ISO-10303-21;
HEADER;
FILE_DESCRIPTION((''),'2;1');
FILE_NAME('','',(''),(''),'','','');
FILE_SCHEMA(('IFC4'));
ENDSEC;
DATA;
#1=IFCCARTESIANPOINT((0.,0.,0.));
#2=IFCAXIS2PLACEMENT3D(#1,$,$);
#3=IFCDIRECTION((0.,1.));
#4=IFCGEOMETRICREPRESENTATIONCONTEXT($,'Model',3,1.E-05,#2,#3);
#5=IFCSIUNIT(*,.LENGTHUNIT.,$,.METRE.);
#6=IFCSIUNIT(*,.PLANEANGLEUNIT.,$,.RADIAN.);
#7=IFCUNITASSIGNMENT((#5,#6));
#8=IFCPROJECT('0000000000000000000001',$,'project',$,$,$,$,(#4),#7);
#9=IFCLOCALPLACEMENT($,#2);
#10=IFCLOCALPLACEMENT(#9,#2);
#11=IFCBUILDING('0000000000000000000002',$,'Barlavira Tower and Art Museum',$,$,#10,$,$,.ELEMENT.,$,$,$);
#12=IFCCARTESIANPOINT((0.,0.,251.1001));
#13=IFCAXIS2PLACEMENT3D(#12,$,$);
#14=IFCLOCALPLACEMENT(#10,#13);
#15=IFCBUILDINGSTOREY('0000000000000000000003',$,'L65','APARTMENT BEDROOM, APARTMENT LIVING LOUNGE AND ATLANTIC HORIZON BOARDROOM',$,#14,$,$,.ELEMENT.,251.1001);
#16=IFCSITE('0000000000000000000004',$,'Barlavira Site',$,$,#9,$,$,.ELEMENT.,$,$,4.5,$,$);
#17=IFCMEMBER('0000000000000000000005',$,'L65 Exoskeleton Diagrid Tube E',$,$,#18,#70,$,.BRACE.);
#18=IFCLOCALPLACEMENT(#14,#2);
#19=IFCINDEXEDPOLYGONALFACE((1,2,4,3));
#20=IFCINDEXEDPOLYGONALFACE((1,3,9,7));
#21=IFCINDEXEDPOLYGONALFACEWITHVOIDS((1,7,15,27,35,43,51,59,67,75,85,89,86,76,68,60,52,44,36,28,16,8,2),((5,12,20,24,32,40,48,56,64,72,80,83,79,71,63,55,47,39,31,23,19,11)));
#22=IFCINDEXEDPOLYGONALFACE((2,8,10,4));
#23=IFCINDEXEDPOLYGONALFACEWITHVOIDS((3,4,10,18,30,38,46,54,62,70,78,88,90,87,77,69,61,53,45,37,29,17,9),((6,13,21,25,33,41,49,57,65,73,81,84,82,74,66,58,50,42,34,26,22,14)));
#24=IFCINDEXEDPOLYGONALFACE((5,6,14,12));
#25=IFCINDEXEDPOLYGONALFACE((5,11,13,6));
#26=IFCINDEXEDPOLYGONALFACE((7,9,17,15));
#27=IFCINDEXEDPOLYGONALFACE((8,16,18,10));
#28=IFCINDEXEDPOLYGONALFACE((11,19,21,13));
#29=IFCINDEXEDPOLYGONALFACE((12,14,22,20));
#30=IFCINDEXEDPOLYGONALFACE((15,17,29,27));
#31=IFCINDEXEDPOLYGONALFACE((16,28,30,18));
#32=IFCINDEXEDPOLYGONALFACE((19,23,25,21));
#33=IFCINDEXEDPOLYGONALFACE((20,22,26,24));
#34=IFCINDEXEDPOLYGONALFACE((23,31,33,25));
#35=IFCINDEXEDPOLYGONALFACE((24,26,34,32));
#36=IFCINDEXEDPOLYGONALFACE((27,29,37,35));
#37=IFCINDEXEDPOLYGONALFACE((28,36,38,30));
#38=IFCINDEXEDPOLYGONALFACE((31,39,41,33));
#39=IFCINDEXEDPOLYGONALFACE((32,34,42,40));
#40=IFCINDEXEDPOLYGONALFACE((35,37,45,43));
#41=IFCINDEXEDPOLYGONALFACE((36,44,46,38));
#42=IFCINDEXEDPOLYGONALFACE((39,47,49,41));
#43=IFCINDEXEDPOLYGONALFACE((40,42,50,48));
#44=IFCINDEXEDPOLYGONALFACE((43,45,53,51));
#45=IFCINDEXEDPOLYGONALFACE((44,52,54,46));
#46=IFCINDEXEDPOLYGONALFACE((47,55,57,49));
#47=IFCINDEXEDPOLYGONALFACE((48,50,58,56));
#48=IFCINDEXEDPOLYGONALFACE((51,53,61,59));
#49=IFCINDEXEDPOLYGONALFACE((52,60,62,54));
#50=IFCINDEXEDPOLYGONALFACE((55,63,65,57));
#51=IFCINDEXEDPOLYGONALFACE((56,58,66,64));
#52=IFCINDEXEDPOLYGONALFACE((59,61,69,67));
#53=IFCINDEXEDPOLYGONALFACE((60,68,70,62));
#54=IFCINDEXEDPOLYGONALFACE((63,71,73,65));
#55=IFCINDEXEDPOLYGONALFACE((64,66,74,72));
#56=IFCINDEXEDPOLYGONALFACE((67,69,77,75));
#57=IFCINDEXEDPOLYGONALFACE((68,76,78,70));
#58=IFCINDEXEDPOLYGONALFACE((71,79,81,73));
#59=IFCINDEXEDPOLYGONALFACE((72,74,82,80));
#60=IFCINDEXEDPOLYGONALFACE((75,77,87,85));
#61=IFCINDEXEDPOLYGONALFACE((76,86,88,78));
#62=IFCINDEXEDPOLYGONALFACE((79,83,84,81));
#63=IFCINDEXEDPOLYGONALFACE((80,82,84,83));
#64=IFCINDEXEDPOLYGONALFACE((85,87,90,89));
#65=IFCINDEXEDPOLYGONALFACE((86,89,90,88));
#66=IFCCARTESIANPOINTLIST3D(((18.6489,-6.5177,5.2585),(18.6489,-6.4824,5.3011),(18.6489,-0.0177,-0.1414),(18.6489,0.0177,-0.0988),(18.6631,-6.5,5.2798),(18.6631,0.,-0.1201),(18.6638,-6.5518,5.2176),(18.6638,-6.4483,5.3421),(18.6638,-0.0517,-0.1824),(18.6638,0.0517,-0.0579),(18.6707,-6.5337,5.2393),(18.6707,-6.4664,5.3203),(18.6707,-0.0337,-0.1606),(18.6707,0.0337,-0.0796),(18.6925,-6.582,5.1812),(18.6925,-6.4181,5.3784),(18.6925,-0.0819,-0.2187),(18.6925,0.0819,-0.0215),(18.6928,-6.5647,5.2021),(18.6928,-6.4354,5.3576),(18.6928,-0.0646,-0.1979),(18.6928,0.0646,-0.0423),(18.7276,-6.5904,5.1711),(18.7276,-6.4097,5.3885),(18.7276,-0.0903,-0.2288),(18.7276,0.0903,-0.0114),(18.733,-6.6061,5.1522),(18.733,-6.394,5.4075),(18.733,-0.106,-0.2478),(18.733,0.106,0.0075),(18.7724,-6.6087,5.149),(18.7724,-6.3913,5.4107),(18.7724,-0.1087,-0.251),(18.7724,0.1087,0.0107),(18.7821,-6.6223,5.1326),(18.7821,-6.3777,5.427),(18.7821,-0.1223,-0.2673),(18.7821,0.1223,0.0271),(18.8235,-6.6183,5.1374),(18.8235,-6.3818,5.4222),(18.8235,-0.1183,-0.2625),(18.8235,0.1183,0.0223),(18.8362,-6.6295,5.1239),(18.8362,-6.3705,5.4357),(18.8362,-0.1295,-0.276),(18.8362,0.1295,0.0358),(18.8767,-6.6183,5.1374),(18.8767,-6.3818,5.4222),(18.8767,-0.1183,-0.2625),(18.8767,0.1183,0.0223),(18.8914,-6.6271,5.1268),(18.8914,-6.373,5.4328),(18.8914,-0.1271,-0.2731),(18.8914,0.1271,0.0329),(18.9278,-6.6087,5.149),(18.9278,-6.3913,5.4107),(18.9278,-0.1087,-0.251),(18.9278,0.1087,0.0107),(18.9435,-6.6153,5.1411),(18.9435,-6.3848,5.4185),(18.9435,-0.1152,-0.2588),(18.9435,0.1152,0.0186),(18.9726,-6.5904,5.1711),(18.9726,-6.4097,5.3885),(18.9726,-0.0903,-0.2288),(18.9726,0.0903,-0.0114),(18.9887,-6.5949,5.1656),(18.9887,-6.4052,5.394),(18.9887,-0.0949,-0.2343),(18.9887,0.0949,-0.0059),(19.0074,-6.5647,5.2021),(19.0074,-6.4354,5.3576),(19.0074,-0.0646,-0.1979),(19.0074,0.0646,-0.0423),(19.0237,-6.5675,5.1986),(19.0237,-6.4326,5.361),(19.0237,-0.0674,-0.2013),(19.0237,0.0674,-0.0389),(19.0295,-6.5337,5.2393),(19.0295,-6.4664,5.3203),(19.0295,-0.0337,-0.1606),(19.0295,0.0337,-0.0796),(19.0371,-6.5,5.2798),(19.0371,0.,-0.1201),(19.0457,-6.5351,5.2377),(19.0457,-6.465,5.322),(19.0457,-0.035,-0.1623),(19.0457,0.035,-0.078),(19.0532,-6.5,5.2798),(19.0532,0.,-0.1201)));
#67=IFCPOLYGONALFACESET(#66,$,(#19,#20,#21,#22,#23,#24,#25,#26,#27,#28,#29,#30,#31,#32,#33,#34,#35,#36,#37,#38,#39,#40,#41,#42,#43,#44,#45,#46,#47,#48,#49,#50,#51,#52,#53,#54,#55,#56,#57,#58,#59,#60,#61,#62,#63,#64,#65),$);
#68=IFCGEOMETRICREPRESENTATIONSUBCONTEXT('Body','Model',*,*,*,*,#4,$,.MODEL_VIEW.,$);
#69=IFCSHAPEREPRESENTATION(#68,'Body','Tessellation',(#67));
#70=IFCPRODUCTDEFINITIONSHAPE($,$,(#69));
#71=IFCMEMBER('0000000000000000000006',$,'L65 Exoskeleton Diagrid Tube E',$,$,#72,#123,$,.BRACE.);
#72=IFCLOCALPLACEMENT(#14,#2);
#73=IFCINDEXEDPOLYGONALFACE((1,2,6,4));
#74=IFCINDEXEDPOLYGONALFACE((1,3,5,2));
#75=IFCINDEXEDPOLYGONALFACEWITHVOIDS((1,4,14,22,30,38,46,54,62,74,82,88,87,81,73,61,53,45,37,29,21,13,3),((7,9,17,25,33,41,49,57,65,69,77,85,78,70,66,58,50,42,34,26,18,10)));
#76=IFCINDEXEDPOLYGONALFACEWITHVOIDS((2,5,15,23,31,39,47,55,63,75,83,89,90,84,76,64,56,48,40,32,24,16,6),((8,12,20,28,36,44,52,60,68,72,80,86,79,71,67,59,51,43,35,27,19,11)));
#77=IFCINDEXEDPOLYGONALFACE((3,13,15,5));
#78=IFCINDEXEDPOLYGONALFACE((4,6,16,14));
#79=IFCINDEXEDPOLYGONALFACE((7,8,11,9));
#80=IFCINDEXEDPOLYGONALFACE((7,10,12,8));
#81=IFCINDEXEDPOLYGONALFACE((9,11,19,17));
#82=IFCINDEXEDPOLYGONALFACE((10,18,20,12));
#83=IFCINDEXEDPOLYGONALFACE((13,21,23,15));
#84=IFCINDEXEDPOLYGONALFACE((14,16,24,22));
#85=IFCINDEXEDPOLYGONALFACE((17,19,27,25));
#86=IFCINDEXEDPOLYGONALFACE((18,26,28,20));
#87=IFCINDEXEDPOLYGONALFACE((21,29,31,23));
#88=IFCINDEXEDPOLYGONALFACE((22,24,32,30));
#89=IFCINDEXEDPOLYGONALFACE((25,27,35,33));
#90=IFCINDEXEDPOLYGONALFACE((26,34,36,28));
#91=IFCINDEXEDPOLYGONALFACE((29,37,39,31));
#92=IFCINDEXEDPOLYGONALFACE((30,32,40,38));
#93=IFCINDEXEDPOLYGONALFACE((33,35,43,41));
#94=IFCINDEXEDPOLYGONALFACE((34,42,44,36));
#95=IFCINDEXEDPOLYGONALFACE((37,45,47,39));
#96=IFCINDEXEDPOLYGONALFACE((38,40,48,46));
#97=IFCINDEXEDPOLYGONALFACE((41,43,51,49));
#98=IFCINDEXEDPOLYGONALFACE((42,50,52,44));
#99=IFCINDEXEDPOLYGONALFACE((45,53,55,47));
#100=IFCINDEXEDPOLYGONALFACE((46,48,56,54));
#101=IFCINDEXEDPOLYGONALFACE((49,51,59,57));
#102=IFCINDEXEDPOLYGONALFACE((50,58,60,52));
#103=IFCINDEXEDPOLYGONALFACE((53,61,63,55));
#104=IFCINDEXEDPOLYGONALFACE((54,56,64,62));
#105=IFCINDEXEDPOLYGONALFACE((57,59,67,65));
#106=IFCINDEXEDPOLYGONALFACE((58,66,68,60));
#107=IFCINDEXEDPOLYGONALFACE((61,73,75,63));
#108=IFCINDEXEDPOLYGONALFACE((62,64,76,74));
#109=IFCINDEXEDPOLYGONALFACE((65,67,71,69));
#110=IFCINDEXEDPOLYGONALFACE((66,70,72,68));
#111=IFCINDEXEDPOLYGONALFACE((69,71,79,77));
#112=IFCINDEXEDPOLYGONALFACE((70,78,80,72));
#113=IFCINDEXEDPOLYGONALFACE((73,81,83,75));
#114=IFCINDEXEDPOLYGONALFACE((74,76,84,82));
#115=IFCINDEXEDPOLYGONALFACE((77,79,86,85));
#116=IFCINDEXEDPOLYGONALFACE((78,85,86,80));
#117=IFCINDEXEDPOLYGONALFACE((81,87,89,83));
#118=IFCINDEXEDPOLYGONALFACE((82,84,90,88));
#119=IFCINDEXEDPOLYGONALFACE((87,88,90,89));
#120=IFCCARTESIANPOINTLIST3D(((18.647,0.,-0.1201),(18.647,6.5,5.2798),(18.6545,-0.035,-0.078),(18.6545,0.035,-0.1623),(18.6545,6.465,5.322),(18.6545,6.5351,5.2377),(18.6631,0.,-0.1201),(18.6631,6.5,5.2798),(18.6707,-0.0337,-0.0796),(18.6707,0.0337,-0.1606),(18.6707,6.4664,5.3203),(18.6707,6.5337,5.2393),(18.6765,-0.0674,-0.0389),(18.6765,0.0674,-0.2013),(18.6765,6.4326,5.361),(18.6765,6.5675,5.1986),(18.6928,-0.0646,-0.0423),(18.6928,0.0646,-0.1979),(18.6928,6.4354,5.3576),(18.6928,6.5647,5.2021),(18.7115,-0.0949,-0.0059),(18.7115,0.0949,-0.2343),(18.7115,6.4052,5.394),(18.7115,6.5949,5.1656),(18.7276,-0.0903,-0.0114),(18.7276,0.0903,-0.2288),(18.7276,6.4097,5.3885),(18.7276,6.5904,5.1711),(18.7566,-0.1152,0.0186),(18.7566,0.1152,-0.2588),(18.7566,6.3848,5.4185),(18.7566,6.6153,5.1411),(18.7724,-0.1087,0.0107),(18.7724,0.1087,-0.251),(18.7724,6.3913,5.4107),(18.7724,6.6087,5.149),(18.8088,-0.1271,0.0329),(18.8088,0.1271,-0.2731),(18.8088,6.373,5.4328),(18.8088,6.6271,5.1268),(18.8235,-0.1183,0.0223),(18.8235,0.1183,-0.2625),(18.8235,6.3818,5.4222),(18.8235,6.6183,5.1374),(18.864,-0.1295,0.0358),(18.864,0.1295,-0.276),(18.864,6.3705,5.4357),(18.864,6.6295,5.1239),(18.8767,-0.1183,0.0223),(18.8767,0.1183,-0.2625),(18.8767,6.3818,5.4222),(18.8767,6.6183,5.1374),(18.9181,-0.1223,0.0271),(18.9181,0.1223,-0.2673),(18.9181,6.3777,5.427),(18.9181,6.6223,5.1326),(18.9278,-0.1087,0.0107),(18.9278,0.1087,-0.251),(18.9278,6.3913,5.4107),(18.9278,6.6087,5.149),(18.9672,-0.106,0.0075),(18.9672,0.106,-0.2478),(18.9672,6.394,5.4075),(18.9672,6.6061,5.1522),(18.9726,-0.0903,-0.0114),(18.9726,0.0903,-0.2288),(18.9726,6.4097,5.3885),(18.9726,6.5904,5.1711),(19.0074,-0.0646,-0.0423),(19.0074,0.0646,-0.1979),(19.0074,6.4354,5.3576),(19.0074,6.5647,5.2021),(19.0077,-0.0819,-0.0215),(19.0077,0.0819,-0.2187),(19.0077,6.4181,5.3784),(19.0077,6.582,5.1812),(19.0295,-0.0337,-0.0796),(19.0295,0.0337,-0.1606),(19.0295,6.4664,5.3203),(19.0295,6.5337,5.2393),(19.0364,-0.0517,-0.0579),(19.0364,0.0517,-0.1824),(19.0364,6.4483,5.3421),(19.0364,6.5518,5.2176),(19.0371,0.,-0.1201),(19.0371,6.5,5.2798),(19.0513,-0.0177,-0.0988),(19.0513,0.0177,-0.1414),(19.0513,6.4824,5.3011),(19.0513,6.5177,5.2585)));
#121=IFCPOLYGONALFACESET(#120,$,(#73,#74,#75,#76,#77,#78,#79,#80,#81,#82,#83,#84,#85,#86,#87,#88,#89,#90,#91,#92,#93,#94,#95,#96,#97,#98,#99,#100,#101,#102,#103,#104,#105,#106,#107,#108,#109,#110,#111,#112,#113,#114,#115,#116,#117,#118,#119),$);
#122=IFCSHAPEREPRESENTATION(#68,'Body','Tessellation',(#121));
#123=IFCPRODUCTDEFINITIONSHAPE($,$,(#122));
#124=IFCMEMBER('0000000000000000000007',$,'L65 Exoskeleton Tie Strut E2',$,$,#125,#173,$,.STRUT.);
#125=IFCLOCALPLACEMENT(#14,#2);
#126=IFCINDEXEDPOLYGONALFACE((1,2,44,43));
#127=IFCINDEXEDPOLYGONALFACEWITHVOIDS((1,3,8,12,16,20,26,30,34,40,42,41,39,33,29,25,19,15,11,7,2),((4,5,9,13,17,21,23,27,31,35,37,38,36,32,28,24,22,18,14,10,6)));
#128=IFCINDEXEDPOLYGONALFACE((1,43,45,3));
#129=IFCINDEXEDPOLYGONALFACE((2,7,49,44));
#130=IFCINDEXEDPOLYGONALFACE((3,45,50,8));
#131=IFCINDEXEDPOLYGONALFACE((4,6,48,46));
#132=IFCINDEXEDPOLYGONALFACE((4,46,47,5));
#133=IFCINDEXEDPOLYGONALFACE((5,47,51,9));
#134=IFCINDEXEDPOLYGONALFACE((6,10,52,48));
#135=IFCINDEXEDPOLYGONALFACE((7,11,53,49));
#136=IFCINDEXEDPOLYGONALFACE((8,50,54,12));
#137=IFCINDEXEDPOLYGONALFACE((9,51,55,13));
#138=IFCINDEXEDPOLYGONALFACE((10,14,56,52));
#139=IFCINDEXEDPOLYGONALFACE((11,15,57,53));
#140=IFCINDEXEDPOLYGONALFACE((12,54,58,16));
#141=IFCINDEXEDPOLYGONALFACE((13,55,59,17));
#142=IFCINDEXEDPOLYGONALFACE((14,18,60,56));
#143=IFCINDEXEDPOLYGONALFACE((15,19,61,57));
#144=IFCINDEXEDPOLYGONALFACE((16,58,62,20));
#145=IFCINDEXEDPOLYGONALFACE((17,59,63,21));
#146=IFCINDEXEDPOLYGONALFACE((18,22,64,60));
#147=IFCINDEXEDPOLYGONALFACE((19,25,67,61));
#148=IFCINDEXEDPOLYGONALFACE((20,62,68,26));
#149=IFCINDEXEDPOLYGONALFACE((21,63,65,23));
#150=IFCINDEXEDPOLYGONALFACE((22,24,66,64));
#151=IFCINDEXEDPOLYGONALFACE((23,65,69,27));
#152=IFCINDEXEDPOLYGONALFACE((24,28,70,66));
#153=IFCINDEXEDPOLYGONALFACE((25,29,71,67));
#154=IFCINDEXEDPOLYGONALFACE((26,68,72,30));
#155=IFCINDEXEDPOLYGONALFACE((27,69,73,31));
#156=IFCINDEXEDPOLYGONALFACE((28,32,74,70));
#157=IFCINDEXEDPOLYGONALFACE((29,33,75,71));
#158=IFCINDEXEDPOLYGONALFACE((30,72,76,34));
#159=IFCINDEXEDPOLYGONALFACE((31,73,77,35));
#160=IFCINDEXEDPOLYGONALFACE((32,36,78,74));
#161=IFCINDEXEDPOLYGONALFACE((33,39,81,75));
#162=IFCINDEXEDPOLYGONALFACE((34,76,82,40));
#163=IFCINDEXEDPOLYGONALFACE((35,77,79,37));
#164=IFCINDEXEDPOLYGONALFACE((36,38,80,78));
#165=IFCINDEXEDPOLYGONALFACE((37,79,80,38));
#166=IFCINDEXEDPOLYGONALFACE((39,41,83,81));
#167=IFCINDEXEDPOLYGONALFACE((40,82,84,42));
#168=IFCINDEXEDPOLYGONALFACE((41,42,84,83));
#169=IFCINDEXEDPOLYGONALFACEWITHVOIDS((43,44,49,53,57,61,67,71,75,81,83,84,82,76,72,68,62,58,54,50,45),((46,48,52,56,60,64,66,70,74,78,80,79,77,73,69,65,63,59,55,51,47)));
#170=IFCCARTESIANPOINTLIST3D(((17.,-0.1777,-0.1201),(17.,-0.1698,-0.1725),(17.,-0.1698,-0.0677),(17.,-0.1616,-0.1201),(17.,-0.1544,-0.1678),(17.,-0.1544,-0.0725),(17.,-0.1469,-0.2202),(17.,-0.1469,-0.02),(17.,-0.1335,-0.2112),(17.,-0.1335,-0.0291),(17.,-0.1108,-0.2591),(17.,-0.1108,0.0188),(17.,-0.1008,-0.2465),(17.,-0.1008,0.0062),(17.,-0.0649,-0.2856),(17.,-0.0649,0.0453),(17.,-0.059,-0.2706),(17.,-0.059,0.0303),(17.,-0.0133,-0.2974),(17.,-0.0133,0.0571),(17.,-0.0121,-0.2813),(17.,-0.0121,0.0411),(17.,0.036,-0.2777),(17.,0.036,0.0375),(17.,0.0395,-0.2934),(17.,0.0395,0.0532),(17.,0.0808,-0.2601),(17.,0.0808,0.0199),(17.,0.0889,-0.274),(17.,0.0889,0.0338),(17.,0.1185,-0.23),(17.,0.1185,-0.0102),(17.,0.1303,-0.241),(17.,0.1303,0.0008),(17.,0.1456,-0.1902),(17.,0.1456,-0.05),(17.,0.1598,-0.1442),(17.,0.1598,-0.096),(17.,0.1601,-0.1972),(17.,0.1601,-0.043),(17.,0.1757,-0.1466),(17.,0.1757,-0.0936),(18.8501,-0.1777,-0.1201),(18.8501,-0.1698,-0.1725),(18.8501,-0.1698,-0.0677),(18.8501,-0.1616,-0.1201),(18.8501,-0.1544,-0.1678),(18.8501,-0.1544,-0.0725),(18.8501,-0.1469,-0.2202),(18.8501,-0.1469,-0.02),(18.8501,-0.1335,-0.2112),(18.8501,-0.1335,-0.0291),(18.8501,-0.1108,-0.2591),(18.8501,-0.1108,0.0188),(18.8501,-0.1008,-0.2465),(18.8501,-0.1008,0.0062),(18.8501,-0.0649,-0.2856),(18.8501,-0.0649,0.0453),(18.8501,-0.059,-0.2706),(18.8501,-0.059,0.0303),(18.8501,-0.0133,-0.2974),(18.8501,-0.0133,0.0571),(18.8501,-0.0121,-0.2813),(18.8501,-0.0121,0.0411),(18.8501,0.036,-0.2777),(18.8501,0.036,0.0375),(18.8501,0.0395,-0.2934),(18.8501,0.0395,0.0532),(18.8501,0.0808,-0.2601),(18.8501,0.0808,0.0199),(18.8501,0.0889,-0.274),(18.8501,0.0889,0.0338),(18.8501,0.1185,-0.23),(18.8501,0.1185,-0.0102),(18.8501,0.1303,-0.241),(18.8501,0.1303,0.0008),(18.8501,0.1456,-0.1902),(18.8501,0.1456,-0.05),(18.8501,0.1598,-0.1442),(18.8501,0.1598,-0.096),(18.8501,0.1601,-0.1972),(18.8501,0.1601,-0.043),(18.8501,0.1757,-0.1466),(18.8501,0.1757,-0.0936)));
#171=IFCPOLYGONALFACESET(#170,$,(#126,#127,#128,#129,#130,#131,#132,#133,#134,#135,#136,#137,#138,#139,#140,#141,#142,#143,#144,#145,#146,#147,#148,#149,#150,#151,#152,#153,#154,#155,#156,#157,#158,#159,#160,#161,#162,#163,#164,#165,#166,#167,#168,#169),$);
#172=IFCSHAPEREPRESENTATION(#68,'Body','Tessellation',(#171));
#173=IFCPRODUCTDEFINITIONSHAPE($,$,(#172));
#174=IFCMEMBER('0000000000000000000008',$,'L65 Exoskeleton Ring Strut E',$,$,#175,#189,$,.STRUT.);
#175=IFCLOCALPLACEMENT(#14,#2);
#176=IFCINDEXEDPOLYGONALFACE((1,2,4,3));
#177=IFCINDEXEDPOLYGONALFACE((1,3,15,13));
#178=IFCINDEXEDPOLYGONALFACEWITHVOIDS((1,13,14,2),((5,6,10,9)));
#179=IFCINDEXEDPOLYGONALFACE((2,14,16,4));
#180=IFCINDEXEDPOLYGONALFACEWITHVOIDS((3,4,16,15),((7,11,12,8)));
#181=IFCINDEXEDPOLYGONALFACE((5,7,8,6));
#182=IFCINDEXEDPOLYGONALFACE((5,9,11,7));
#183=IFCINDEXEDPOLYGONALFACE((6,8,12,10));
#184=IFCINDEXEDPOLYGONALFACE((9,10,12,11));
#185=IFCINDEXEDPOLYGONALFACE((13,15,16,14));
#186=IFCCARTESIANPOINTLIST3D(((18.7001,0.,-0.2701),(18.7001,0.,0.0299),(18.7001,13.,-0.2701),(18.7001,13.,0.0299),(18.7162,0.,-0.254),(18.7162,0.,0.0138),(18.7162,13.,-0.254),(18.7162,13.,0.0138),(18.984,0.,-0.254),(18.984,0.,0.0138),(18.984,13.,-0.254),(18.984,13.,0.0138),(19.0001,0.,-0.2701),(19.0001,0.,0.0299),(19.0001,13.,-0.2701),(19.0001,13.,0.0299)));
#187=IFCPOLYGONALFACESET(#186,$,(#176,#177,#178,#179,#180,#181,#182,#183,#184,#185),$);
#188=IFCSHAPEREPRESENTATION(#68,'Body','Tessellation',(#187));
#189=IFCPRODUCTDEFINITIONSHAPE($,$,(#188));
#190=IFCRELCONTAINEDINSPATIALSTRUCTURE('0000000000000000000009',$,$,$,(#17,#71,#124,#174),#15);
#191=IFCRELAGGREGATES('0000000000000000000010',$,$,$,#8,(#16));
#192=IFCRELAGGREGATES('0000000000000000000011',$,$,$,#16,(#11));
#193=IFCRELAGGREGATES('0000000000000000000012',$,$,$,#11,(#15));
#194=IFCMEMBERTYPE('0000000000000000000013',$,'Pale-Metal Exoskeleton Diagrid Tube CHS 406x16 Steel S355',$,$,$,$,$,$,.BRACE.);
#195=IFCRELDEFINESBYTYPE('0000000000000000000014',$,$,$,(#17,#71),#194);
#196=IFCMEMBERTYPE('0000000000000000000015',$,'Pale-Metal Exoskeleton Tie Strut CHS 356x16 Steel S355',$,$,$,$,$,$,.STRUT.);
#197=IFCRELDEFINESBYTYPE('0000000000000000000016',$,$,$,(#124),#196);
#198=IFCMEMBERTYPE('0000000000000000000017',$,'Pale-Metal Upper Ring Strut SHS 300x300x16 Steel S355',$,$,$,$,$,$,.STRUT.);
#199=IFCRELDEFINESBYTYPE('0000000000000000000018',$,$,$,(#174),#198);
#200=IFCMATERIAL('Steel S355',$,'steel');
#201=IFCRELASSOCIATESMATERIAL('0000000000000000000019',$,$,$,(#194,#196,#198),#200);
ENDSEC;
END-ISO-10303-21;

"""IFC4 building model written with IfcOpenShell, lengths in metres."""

from ifc_helpers import new_model, si_unit, direction, frame, origin, origin_2d, place, context, subcontext, project, spatial, hollow_rectangle, hollow_circle, extrude, material, material_profile, profile_set, type_object, element, save


model = new_model("IFC4")

# Units and contexts
model_context = context("Model", 3, precision=1e-05, world=origin(), true_north=direction((0.0, 1.0)))
body_context = subcontext(model_context, "Body", "Model", "MODEL_VIEW")
ifc_project = project(units=[si_unit("LENGTHUNIT", "METRE"), si_unit("PLANEANGLEUNIT", "RADIAN")], contexts=[model_context])

# Site, building, storey
site_placement = place(None, origin())
site = spatial("IfcSite", under=ifc_project, at=site_placement, Name="Barlavira Site", CompositionType="ELEMENT", RefElevation=4.5)
building_placement = place(site_placement, origin())
building = spatial("IfcBuilding", under=site, at=building_placement, Name="Barlavira Tower and Art Museum", CompositionType="ELEMENT")
storey_placement = place(building_placement, frame((0.0, 0.0, 251.1001)))
storey = spatial("IfcBuildingStorey", under=building, at=storey_placement, Name="L65", Description="APARTMENT BEDROOM, APARTMENT LIVING LOUNGE AND ATLANTIC HORIZON BOARDROOM", CompositionType="ELEMENT", Elevation=251.1001)

# Members
ifc_material_1 = material(Name="Steel S355", Category="steel")
ifc_material_profile_1 = material_profile(ifc_material_1, hollow_circle(Radius=0.2031, WallThickness=0.0161, at=origin_2d()), Name="CHS 406.4x16.0")
ifc_profile_set_1 = profile_set([ifc_material_profile_1], Name="Steel S355")
member_type_1 = type_object("IfcMemberType", Name="Pale-Metal Exoskeleton Diagrid Tube CHS 406x16 Steel S355", PredefinedType="BRACE", material=ifc_profile_set_1)
for number, where, z_axis, x_axis, name in (
    (1, (18.8501, 0.0, -0.1201), (0.0, -0.769196, 0.639013), (1.0, 0.0, 0.0), "L65 Exoskeleton Diagrid Tube E"),
    (2, (18.8501, 0.0, -0.1201), (0.0, 0.769196, 0.639013), (-1.0, 0.0, 0.0), "L65 Exoskeleton Diagrid Tube E"),
):
    element("IfcMember", number, at=place(storey_placement, frame(where, z_axis=z_axis, x_axis=x_axis)), inside=storey, type_object=member_type_1, Name=name, PredefinedType="BRACE", context=body_context, shape_type="SweptSolid", body=[
        extrude(hollow_circle(Radius=0.2031, WallThickness=0.0161, at=origin_2d()), origin(), (0.0, 0.0, 1.0), 8.4504),
    ])
ifc_material_profile_2 = material_profile(ifc_material_1, hollow_circle(Radius=0.1777, WallThickness=0.0161, at=origin_2d()), Name="CHS 355.6x16.0")
ifc_profile_set_2 = profile_set([ifc_material_profile_2], Name="Steel S355")
member_type_2 = type_object("IfcMemberType", Name="Pale-Metal Exoskeleton Tie Strut CHS 356x16 Steel S355", PredefinedType="STRUT", material=ifc_profile_set_2)
member_1_placement = place(storey_placement, frame((18.8501, 0.0, -0.1201), z_axis=(-1.0, 0.0, 0.0), x_axis=(0.0, -1.0, 0.0)))
element("IfcMember", 3, at=member_1_placement, inside=storey, type_object=member_type_2, Name="L65 Exoskeleton Tie Strut E2", PredefinedType="STRUT", context=body_context, shape_type="SweptSolid", body=[
    extrude(hollow_circle(Radius=0.1777, WallThickness=0.0161, at=origin_2d()), origin(), (0.0, 0.0, 1.0), 1.8501),
])
ifc_material_profile_3 = material_profile(ifc_material_1, hollow_rectangle(XDim=0.3, YDim=0.3, WallThickness=0.0161, at=origin_2d()), Name="SHS 300x300x16.0")
ifc_profile_set_3 = profile_set([ifc_material_profile_3], Name="Steel S355")
member_type_3 = type_object("IfcMemberType", Name="Pale-Metal Upper Ring Strut SHS 300x300x16 Steel S355", PredefinedType="STRUT", material=ifc_profile_set_3)
member_2_placement = place(storey_placement, frame((18.8501, 0.0, -0.1201), z_axis=(0.0, 1.0, 0.0), x_axis=(-1.0, 0.0, 0.0)))
element("IfcMember", 4, at=member_2_placement, inside=storey, type_object=member_type_3, Name="L65 Exoskeleton Ring Strut E", PredefinedType="STRUT", context=body_context, shape_type="SweptSolid", body=[
    extrude(hollow_rectangle(XDim=0.3, YDim=0.3, WallThickness=0.0161, at=origin_2d()), origin(), (0.0, 0.0, 1.0), 13.0),
])

save(model, "model.ifc")
